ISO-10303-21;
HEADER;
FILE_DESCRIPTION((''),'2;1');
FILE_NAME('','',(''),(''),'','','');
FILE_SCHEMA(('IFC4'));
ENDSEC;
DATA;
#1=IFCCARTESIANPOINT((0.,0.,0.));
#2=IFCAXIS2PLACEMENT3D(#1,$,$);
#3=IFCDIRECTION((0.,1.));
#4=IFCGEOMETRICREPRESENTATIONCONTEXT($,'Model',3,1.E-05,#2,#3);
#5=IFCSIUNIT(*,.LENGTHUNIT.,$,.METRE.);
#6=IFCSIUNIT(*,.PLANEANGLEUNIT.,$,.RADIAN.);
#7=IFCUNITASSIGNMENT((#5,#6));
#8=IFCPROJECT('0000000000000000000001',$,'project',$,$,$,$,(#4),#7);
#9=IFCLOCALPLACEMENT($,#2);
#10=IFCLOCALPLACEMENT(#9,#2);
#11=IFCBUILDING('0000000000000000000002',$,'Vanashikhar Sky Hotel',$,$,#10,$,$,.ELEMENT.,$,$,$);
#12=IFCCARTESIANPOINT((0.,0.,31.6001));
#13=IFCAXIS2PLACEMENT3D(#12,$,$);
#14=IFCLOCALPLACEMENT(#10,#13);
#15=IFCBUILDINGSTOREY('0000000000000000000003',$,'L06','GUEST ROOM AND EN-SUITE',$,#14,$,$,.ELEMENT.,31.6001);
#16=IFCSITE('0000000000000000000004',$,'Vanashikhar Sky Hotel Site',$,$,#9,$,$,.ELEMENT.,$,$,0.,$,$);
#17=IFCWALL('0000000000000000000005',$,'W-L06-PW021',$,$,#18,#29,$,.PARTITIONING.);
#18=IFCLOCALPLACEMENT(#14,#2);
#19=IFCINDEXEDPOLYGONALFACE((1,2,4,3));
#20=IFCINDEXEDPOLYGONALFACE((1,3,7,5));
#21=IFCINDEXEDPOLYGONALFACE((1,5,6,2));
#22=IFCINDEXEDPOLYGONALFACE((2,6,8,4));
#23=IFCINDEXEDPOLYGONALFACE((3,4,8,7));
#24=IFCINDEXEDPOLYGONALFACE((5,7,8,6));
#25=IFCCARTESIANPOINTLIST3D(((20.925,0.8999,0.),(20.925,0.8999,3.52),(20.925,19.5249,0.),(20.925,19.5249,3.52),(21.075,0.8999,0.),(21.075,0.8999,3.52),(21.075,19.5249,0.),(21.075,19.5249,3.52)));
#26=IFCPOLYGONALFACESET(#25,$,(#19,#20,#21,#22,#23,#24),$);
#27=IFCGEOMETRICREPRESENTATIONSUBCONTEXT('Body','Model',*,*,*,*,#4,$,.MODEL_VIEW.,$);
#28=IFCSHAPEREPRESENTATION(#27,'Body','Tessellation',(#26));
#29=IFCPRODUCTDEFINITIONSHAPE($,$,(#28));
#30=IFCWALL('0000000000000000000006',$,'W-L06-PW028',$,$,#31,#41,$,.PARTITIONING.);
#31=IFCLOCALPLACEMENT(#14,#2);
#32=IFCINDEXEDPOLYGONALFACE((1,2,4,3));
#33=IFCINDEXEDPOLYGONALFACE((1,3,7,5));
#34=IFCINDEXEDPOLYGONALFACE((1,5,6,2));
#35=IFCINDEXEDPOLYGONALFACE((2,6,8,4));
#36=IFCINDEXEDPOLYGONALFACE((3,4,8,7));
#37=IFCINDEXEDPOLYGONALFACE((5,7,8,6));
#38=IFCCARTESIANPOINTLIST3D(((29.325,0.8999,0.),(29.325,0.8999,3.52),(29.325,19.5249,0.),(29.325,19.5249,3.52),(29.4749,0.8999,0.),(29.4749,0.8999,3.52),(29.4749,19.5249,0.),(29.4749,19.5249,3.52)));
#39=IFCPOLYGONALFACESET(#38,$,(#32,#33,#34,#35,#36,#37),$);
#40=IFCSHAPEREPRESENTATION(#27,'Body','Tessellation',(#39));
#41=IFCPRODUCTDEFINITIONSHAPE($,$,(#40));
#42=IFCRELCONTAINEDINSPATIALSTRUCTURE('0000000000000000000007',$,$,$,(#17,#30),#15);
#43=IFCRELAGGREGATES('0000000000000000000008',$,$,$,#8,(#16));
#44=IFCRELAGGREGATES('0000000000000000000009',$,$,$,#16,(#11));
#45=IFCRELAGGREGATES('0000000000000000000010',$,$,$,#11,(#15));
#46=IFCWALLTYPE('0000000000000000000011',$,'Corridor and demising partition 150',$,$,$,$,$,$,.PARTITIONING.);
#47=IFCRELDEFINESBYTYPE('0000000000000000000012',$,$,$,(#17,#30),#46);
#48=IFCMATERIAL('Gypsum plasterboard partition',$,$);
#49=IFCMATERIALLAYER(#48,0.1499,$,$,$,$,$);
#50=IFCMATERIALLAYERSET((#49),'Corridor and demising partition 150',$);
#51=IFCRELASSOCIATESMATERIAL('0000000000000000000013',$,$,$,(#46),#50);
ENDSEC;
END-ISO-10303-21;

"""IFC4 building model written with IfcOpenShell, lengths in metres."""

from ifc_helpers import new_model, si_unit, direction, frame, frame_2d, origin, place, context, subcontext, project, spatial, rectangle, extrude, source, transform, mapped, material, layer, layer_set, type_object, element, save


model = new_model("IFC4")

# Units and contexts
model_context = context("Model", 3, precision=1e-05, world=origin(), true_north=direction((0.0, 1.0)))
body_context = subcontext(model_context, "Body", "Model", "MODEL_VIEW")
ifc_project = project(units=[si_unit("LENGTHUNIT", "METRE"), si_unit("PLANEANGLEUNIT", "RADIAN")], contexts=[model_context])

# Site, building, storey
site_placement = place(None, origin())
site = spatial("IfcSite", under=ifc_project, at=site_placement, Name="Vanashikhar Sky Hotel Site", CompositionType="ELEMENT", RefElevation=0.0)
building_placement = place(site_placement, origin())
building = spatial("IfcBuilding", under=site, at=building_placement, Name="Vanashikhar Sky Hotel", CompositionType="ELEMENT")
storey_placement = place(building_placement, frame((0.0, 0.0, 31.6001)))
storey = spatial("IfcBuildingStorey", under=building, at=storey_placement, Name="L06", Description="GUEST ROOM AND EN-SUITE", CompositionType="ELEMENT", Elevation=31.6001)

# Shared definitions
ifc_material_1 = material(Name="Gypsum plasterboard partition")

# Walls
ifc_layer_1 = layer(ifc_material_1, 0.1499)
ifc_layer_set_1 = layer_set([ifc_layer_1], Name="Corridor and demising partition 150")
wall_type_1 = type_object("IfcWallType", Name="Corridor and demising partition 150", PredefinedType="PARTITIONING", material=ifc_layer_set_1)
shared_shape_1 = source(origin(), body_context, "Body", "SweptSolid", [
    extrude(rectangle(XDim=18.625, YDim=0.1499, at=frame_2d((9.3125, 0.0))), origin(), (0.0, 0.0, 1.0), 3.52),
])
for number, where, z_axis, x_axis, name in (
    (1, (21.0, 0.8999, 0.0), (0.0, 0.0, 1.0), (0.0, 1.0, 0.0), "W-L06-PW021"),
    (2, (29.3999, 0.8999, 0.0), (0.0, 0.0, 1.0), (0.0, 1.0, 0.0), "W-L06-PW028"),
):
    element("IfcWall", number, at=place(storey_placement, frame(where, z_axis=z_axis, x_axis=x_axis)), inside=storey, type_object=wall_type_1, Name=name, PredefinedType="PARTITIONING", context=body_context, shape_type="MappedRepresentation", body=[
        mapped(shared_shape_1, transform((0.0, 0.0, 0.0), scale=1.0)),
    ])

save(model, "model.ifc")
